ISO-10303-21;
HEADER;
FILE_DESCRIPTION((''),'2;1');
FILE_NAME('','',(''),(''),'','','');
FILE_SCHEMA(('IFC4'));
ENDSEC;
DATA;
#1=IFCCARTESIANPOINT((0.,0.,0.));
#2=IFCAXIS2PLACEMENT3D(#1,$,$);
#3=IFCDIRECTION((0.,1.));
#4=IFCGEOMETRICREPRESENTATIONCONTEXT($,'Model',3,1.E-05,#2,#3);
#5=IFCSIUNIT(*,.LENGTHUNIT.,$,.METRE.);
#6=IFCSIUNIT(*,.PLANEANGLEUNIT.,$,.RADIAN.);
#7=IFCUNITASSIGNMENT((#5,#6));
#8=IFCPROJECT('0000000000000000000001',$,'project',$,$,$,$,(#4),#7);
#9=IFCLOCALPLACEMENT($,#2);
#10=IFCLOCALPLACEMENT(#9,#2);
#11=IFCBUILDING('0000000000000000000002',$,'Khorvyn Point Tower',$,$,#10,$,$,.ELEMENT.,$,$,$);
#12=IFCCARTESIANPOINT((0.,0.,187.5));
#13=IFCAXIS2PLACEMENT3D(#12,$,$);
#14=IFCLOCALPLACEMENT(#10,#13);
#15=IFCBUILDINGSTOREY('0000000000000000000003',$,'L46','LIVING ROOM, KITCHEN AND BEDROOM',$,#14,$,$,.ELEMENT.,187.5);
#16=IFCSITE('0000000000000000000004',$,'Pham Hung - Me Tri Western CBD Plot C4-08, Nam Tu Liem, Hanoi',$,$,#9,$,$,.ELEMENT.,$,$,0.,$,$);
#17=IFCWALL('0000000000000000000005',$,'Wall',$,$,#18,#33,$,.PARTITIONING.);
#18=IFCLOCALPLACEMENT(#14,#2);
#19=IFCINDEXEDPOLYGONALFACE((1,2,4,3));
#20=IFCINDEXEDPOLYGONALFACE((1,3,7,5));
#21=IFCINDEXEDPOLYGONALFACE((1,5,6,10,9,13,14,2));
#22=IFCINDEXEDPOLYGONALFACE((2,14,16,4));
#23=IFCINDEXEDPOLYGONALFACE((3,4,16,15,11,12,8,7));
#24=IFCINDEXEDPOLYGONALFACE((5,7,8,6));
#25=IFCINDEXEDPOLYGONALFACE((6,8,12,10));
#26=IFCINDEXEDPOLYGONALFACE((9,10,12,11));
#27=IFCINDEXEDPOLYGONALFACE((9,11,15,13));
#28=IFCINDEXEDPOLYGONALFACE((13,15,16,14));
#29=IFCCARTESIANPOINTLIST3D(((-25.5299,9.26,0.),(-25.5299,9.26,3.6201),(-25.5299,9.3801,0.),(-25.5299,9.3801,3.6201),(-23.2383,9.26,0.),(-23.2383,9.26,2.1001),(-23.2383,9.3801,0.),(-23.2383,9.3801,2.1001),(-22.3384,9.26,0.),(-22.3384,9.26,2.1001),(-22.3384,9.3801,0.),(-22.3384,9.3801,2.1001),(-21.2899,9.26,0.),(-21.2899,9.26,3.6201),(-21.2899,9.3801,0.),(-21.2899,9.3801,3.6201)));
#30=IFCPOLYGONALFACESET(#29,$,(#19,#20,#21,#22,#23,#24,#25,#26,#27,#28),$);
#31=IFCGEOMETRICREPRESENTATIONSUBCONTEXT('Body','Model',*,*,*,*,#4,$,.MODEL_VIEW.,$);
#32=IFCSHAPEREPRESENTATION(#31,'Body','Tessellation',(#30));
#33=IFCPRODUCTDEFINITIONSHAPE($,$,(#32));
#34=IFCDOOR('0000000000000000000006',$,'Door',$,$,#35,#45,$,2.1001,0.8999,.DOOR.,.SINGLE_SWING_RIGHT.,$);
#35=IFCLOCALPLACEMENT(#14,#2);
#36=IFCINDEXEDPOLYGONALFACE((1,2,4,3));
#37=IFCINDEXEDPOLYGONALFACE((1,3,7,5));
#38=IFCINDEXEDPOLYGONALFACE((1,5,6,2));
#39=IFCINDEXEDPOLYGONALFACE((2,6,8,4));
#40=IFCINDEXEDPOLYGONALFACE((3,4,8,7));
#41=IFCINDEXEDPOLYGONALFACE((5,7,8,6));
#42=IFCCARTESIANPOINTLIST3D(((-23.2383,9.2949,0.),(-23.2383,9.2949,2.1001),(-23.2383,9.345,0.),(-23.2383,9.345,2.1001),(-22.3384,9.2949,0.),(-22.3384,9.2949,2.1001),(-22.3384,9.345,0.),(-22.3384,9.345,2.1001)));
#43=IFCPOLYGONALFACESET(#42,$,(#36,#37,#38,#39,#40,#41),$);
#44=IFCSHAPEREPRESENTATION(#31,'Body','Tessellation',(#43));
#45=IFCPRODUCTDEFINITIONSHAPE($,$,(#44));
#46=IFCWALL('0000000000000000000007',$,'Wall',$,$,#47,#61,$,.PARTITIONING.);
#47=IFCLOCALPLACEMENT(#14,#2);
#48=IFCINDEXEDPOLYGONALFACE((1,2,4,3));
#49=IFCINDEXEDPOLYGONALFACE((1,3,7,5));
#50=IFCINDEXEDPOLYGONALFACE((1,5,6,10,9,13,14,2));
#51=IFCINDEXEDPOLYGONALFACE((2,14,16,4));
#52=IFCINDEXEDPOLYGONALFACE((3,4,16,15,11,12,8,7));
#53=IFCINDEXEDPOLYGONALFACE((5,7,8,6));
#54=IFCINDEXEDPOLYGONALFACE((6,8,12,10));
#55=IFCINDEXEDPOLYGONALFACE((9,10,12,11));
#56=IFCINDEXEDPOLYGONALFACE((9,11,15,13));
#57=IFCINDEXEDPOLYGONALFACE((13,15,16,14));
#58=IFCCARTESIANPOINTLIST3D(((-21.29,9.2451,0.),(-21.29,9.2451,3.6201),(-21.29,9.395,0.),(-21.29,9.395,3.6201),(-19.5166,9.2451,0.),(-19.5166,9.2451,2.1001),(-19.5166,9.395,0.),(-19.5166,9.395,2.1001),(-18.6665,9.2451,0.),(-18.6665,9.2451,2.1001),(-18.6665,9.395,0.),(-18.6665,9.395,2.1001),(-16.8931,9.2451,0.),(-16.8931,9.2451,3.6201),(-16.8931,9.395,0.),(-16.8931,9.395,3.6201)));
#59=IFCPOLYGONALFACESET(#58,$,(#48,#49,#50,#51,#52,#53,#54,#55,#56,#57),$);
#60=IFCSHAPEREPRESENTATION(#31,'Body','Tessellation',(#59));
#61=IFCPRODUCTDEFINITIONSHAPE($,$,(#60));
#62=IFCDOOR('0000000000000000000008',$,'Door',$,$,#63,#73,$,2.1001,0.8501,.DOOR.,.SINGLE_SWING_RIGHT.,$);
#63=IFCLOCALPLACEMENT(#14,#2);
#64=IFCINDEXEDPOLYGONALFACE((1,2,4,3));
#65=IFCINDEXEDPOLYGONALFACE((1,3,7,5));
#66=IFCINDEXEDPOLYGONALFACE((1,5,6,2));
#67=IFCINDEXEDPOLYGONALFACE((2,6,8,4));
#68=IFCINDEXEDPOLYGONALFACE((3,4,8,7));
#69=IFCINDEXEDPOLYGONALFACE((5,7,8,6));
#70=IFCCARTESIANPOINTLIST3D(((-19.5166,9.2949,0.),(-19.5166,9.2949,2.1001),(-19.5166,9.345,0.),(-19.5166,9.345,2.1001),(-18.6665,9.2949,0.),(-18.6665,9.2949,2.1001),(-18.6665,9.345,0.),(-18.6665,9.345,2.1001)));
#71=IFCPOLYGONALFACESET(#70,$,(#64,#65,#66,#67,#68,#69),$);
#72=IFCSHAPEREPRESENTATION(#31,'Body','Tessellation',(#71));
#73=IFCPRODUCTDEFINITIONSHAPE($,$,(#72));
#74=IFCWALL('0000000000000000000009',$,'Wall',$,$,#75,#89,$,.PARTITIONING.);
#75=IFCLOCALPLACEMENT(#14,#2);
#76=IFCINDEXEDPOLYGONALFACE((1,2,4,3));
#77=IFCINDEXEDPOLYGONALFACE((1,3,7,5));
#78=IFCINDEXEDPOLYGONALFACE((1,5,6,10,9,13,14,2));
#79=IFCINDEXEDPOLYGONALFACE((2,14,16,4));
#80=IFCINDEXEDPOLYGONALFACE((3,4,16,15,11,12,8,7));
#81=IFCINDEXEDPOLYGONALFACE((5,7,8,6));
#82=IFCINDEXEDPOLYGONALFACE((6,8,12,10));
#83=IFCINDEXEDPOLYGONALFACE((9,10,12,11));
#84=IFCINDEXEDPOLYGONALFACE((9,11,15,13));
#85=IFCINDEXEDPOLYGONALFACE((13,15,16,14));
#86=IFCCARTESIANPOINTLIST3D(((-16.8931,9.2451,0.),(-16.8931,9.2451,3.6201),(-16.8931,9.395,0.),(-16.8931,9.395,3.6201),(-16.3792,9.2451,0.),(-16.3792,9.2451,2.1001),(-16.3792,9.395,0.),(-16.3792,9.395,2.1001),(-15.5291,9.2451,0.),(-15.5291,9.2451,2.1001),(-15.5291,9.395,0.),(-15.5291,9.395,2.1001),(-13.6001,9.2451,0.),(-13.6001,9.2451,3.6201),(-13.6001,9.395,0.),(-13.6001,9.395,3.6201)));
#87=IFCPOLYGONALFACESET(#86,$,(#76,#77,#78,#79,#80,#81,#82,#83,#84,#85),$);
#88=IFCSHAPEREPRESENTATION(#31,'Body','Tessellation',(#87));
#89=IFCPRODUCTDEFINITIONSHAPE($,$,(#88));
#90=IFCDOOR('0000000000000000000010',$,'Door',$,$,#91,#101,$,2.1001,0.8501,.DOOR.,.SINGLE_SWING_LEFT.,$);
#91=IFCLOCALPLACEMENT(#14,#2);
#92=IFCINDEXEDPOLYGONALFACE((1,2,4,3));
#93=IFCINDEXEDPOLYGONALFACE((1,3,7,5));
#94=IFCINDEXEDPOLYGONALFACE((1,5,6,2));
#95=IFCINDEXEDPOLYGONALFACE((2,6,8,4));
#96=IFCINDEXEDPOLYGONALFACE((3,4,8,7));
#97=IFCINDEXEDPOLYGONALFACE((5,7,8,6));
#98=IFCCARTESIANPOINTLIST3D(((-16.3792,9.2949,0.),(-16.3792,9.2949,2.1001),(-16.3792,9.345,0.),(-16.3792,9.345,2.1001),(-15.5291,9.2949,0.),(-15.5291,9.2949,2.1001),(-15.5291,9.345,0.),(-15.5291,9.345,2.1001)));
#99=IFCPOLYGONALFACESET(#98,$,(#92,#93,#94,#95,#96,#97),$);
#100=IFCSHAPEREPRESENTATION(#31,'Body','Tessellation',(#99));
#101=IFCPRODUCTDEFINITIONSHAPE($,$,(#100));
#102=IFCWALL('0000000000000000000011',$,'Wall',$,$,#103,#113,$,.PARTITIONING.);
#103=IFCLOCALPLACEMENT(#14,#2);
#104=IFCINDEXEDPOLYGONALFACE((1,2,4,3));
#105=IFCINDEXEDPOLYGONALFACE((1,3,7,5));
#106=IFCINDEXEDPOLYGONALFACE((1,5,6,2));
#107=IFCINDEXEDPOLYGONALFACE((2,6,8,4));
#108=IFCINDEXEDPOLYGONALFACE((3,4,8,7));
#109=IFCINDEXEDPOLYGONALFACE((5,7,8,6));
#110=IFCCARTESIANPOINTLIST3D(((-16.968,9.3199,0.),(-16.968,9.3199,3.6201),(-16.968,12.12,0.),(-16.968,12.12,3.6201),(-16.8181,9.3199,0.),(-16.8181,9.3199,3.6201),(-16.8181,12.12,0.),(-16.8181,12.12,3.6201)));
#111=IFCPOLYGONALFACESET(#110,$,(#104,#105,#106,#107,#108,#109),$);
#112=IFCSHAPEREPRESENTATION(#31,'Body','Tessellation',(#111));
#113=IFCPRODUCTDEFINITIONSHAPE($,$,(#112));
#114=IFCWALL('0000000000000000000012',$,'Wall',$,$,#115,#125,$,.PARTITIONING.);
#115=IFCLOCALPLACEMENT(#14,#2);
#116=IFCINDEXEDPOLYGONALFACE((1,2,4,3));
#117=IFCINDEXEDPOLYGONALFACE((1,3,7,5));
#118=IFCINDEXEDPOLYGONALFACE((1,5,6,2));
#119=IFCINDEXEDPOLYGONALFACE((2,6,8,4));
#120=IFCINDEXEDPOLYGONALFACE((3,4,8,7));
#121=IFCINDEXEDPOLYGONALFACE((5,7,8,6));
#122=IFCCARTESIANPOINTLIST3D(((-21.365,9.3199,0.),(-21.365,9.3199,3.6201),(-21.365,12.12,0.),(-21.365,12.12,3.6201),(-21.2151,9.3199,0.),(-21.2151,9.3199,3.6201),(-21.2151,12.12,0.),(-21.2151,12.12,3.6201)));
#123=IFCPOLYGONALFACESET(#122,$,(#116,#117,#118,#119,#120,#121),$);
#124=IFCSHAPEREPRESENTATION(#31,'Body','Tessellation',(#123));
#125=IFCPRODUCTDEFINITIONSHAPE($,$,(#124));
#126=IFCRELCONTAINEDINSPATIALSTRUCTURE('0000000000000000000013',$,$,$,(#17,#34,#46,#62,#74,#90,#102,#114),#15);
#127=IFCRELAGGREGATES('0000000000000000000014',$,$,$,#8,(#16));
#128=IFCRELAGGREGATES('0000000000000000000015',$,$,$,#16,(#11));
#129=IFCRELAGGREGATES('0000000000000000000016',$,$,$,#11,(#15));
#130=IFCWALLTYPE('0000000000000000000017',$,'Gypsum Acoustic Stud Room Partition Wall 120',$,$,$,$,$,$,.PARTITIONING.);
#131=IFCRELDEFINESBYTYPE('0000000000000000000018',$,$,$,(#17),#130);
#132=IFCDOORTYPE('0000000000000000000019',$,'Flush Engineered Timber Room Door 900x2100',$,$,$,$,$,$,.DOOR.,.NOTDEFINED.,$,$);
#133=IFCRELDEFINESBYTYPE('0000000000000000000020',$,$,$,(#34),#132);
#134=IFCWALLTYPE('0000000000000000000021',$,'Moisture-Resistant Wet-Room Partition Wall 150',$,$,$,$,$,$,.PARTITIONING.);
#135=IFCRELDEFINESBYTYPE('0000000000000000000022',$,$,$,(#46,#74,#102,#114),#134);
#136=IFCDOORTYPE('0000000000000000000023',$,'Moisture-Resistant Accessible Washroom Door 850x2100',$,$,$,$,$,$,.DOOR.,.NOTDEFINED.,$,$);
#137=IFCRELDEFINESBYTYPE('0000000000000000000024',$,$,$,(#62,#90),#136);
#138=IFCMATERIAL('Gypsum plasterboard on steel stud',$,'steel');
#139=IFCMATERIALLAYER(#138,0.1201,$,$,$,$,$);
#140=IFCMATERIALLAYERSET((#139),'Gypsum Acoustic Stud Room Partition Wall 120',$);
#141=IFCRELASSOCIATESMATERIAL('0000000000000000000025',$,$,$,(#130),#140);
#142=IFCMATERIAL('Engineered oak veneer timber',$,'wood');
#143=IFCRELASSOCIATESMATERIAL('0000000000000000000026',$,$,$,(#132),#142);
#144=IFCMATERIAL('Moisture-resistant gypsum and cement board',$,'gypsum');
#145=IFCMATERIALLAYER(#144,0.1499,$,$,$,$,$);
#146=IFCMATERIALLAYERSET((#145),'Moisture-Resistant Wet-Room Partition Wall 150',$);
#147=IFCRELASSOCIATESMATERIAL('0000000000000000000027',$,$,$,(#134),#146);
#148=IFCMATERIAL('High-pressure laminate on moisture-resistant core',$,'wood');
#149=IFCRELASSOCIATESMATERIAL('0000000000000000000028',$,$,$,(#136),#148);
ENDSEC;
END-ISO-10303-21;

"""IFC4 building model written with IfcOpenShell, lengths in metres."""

from ifc_helpers import new_model, si_unit, direction, frame, frame_2d, origin, place, context, subcontext, project, spatial, rectangle, extrude, material, layer, layer_set, type_object, element, fill, save


model = new_model("IFC4")

# Units and contexts
model_context = context("Model", 3, precision=1e-05, world=origin(), true_north=direction((0.0, 1.0)))
body_context = subcontext(model_context, "Body", "Model", "MODEL_VIEW")
ifc_project = project(units=[si_unit("LENGTHUNIT", "METRE"), si_unit("PLANEANGLEUNIT", "RADIAN")], contexts=[model_context])

# Site, building, storey
site_placement = place(None, origin())
site = spatial("IfcSite", under=ifc_project, at=site_placement, Name="Pham Hung - Me Tri Western CBD Plot C4-08, Nam Tu Liem, Hanoi", CompositionType="ELEMENT", RefElevation=0.0)
building_placement = place(site_placement, origin())
building = spatial("IfcBuilding", under=site, at=building_placement, Name="Khorvyn Point Tower", CompositionType="ELEMENT")
storey_placement = place(building_placement, frame((0.0, 0.0, 187.5)))
storey = spatial("IfcBuildingStorey", under=building, at=storey_placement, Name="L46", Description="LIVING ROOM, KITCHEN AND BEDROOM", CompositionType="ELEMENT", Elevation=187.5)

# Walls, openings, doors
ifc_material_1 = material(Name="Gypsum plasterboard on steel stud", Category="steel")
ifc_layer_1 = layer(ifc_material_1, 0.1201)
ifc_layer_set_1 = layer_set([ifc_layer_1], Name="Gypsum Acoustic Stud Room Partition Wall 120")
wall_type_1 = type_object("IfcWallType", Name="Gypsum Acoustic Stud Room Partition Wall 120", PredefinedType="PARTITIONING", material=ifc_layer_set_1)
wall_1_placement = place(storey_placement, frame((-25.53, 9.3201, 0.0), z_axis=(0.0, 0.0, 1.0), x_axis=(1.0, 0.0, 0.0)))
wall_1 = element("IfcWall", 1, at=wall_1_placement, inside=storey, type_object=wall_type_1, Name="Wall", PredefinedType="PARTITIONING", context=body_context, shape_type="SweptSolid", body=[
    extrude(rectangle(XDim=4.24, YDim=0.1201, at=frame_2d((2.1201, 0.0))), origin(), (0.0, 0.0, 1.0), 3.6201),
])
opening_1_placement = place(wall_1_placement, frame((2.2917, 0.0, 0.0)))
opening_1 = element("IfcOpeningElement", 2, at=opening_1_placement, cuts=wall_1, PredefinedType="OPENING", context=body_context, shape_type="SweptSolid", body=[
    extrude(rectangle(XDim=0.8999, YDim=2.1001, at=frame_2d((0.45, 1.05))), frame((0.0, 0.0701, 0.0), z_axis=(0.0, -1.0, 0.0), x_axis=(1.0, 0.0, 0.0)), (0.0, 0.0, 1.0), 0.1401),
])
ifc_material_2 = material(Name="Engineered oak veneer timber", Category="wood")
door_type_1 = type_object("IfcDoorType", Name="Flush Engineered Timber Room Door 900x2100", OperationType="NOTDEFINED", PredefinedType="DOOR", material=ifc_material_2)
door_1_placement = place(opening_1_placement, origin())
door_1 = element("IfcDoor", 3, at=door_1_placement, inside=storey, type_object=door_type_1, Name="Door", OperationType="SINGLE_SWING_RIGHT", OverallHeight=2.1001, OverallWidth=0.8999, PredefinedType="DOOR", context=body_context, shape_type="SweptSolid", body=[
    extrude(rectangle(XDim=0.8999, YDim=2.1001, at=frame_2d((0.45, 1.05))), frame((0.0, 0.0249, 0.0), z_axis=(0.0, -1.0, 0.0), x_axis=(1.0, 0.0, 0.0)), (0.0, 0.0, 1.0), 0.05),
])
fill(opening_1, door_1)
ifc_material_3 = material(Name="Moisture-resistant gypsum and cement board", Category="gypsum")
ifc_layer_2 = layer(ifc_material_3, 0.1499)
ifc_layer_set_2 = layer_set([ifc_layer_2], Name="Moisture-Resistant Wet-Room Partition Wall 150")
wall_type_2 = type_object("IfcWallType", Name="Moisture-Resistant Wet-Room Partition Wall 150", PredefinedType="PARTITIONING", material=ifc_layer_set_2)
wall_2_placement = place(storey_placement, frame((-21.29, 9.3201, 0.0), z_axis=(0.0, 0.0, 1.0), x_axis=(1.0, 0.0, 0.0)))
wall_2 = element("IfcWall", 4, at=wall_2_placement, inside=storey, type_object=wall_type_2, Name="Wall", PredefinedType="PARTITIONING", context=body_context, shape_type="SweptSolid", body=[
    extrude(rectangle(XDim=4.397, YDim=0.1499, at=frame_2d((2.1985, 0.0))), origin(), (0.0, 0.0, 1.0), 3.6201),
])
opening_2_placement = place(wall_2_placement, frame((1.7734, 0.0, 0.0)))
opening_2 = element("IfcOpeningElement", 5, at=opening_2_placement, cuts=wall_2, PredefinedType="OPENING", context=body_context, shape_type="SweptSolid", body=[
    extrude(rectangle(XDim=0.8501, YDim=2.1001, at=frame_2d((0.425, 1.05))), frame((0.0, 0.085, 0.0), z_axis=(0.0, -1.0, 0.0), x_axis=(1.0, 0.0, 0.0)), (0.0, 0.0, 1.0), 0.1699),
])
ifc_material_4 = material(Name="High-pressure laminate on moisture-resistant core", Category="wood")
door_type_2 = type_object("IfcDoorType", Name="Moisture-Resistant Accessible Washroom Door 850x2100", OperationType="NOTDEFINED", PredefinedType="DOOR", material=ifc_material_4)
door_2_placement = place(opening_2_placement, origin())
door_2 = element("IfcDoor", 6, at=door_2_placement, inside=storey, type_object=door_type_2, Name="Door", OperationType="SINGLE_SWING_RIGHT", OverallHeight=2.1001, OverallWidth=0.8501, PredefinedType="DOOR", context=body_context, shape_type="SweptSolid", body=[
    extrude(rectangle(XDim=0.8501, YDim=2.1001, at=frame_2d((0.425, 1.05))), frame((0.0, 0.0249, 0.0), z_axis=(0.0, -1.0, 0.0), x_axis=(1.0, 0.0, 0.0)), (0.0, 0.0, 1.0), 0.05),
])
fill(opening_2, door_2)
wall_3_placement = place(storey_placement, frame((-16.8931, 9.3201, 0.0), z_axis=(0.0, 0.0, 1.0), x_axis=(1.0, 0.0, 0.0)))
wall_3 = element("IfcWall", 7, at=wall_3_placement, inside=storey, type_object=wall_type_2, Name="Wall", PredefinedType="PARTITIONING", context=body_context, shape_type="SweptSolid", body=[
    extrude(rectangle(XDim=3.293, YDim=0.1499, at=frame_2d((1.6465, 0.0))), origin(), (0.0, 0.0, 1.0), 3.6201),
])
opening_3_placement = place(wall_3_placement, frame((0.5139, 0.0, 0.0)))
opening_3 = element("IfcOpeningElement", 8, at=opening_3_placement, cuts=wall_3, PredefinedType="OPENING", context=body_context, shape_type="SweptSolid", body=[
    extrude(rectangle(XDim=0.8501, YDim=2.1001, at=frame_2d((0.425, 1.05))), frame((0.0, 0.085, 0.0), z_axis=(0.0, -1.0, 0.0), x_axis=(1.0, 0.0, 0.0)), (0.0, 0.0, 1.0), 0.1699),
])
door_3_placement = place(opening_3_placement, origin())
door_3 = element("IfcDoor", 9, at=door_3_placement, inside=storey, type_object=door_type_2, Name="Door", OperationType="SINGLE_SWING_LEFT", OverallHeight=2.1001, OverallWidth=0.8501, PredefinedType="DOOR", context=body_context, shape_type="SweptSolid", body=[
    extrude(rectangle(XDim=0.8501, YDim=2.1001, at=frame_2d((0.425, 1.05))), frame((0.0, 0.0249, 0.0), z_axis=(0.0, -1.0, 0.0), x_axis=(1.0, 0.0, 0.0)), (0.0, 0.0, 1.0), 0.05),
])
fill(opening_3, door_3)

# Walls
for number, where, z_axis, x_axis, name in (
    (10, (-16.8931, 9.3201, 0.0), (0.0, 0.0, 1.0), (0.0, 1.0, 0.0), "Wall"),
    (11, (-21.29, 9.3201, 0.0), (0.0, 0.0, 1.0), (0.0, 1.0, 0.0), "Wall"),
):
    element("IfcWall", number, at=place(storey_placement, frame(where, z_axis=z_axis, x_axis=x_axis)), inside=storey, type_object=wall_type_2, Name=name, PredefinedType="PARTITIONING", context=body_context, shape_type="SweptSolid", body=[
        extrude(rectangle(XDim=2.8, YDim=0.1499, at=frame_2d((1.3999, 0.0))), origin(), (0.0, 0.0, 1.0), 3.6201),
    ])

save(model, "model.ifc")
